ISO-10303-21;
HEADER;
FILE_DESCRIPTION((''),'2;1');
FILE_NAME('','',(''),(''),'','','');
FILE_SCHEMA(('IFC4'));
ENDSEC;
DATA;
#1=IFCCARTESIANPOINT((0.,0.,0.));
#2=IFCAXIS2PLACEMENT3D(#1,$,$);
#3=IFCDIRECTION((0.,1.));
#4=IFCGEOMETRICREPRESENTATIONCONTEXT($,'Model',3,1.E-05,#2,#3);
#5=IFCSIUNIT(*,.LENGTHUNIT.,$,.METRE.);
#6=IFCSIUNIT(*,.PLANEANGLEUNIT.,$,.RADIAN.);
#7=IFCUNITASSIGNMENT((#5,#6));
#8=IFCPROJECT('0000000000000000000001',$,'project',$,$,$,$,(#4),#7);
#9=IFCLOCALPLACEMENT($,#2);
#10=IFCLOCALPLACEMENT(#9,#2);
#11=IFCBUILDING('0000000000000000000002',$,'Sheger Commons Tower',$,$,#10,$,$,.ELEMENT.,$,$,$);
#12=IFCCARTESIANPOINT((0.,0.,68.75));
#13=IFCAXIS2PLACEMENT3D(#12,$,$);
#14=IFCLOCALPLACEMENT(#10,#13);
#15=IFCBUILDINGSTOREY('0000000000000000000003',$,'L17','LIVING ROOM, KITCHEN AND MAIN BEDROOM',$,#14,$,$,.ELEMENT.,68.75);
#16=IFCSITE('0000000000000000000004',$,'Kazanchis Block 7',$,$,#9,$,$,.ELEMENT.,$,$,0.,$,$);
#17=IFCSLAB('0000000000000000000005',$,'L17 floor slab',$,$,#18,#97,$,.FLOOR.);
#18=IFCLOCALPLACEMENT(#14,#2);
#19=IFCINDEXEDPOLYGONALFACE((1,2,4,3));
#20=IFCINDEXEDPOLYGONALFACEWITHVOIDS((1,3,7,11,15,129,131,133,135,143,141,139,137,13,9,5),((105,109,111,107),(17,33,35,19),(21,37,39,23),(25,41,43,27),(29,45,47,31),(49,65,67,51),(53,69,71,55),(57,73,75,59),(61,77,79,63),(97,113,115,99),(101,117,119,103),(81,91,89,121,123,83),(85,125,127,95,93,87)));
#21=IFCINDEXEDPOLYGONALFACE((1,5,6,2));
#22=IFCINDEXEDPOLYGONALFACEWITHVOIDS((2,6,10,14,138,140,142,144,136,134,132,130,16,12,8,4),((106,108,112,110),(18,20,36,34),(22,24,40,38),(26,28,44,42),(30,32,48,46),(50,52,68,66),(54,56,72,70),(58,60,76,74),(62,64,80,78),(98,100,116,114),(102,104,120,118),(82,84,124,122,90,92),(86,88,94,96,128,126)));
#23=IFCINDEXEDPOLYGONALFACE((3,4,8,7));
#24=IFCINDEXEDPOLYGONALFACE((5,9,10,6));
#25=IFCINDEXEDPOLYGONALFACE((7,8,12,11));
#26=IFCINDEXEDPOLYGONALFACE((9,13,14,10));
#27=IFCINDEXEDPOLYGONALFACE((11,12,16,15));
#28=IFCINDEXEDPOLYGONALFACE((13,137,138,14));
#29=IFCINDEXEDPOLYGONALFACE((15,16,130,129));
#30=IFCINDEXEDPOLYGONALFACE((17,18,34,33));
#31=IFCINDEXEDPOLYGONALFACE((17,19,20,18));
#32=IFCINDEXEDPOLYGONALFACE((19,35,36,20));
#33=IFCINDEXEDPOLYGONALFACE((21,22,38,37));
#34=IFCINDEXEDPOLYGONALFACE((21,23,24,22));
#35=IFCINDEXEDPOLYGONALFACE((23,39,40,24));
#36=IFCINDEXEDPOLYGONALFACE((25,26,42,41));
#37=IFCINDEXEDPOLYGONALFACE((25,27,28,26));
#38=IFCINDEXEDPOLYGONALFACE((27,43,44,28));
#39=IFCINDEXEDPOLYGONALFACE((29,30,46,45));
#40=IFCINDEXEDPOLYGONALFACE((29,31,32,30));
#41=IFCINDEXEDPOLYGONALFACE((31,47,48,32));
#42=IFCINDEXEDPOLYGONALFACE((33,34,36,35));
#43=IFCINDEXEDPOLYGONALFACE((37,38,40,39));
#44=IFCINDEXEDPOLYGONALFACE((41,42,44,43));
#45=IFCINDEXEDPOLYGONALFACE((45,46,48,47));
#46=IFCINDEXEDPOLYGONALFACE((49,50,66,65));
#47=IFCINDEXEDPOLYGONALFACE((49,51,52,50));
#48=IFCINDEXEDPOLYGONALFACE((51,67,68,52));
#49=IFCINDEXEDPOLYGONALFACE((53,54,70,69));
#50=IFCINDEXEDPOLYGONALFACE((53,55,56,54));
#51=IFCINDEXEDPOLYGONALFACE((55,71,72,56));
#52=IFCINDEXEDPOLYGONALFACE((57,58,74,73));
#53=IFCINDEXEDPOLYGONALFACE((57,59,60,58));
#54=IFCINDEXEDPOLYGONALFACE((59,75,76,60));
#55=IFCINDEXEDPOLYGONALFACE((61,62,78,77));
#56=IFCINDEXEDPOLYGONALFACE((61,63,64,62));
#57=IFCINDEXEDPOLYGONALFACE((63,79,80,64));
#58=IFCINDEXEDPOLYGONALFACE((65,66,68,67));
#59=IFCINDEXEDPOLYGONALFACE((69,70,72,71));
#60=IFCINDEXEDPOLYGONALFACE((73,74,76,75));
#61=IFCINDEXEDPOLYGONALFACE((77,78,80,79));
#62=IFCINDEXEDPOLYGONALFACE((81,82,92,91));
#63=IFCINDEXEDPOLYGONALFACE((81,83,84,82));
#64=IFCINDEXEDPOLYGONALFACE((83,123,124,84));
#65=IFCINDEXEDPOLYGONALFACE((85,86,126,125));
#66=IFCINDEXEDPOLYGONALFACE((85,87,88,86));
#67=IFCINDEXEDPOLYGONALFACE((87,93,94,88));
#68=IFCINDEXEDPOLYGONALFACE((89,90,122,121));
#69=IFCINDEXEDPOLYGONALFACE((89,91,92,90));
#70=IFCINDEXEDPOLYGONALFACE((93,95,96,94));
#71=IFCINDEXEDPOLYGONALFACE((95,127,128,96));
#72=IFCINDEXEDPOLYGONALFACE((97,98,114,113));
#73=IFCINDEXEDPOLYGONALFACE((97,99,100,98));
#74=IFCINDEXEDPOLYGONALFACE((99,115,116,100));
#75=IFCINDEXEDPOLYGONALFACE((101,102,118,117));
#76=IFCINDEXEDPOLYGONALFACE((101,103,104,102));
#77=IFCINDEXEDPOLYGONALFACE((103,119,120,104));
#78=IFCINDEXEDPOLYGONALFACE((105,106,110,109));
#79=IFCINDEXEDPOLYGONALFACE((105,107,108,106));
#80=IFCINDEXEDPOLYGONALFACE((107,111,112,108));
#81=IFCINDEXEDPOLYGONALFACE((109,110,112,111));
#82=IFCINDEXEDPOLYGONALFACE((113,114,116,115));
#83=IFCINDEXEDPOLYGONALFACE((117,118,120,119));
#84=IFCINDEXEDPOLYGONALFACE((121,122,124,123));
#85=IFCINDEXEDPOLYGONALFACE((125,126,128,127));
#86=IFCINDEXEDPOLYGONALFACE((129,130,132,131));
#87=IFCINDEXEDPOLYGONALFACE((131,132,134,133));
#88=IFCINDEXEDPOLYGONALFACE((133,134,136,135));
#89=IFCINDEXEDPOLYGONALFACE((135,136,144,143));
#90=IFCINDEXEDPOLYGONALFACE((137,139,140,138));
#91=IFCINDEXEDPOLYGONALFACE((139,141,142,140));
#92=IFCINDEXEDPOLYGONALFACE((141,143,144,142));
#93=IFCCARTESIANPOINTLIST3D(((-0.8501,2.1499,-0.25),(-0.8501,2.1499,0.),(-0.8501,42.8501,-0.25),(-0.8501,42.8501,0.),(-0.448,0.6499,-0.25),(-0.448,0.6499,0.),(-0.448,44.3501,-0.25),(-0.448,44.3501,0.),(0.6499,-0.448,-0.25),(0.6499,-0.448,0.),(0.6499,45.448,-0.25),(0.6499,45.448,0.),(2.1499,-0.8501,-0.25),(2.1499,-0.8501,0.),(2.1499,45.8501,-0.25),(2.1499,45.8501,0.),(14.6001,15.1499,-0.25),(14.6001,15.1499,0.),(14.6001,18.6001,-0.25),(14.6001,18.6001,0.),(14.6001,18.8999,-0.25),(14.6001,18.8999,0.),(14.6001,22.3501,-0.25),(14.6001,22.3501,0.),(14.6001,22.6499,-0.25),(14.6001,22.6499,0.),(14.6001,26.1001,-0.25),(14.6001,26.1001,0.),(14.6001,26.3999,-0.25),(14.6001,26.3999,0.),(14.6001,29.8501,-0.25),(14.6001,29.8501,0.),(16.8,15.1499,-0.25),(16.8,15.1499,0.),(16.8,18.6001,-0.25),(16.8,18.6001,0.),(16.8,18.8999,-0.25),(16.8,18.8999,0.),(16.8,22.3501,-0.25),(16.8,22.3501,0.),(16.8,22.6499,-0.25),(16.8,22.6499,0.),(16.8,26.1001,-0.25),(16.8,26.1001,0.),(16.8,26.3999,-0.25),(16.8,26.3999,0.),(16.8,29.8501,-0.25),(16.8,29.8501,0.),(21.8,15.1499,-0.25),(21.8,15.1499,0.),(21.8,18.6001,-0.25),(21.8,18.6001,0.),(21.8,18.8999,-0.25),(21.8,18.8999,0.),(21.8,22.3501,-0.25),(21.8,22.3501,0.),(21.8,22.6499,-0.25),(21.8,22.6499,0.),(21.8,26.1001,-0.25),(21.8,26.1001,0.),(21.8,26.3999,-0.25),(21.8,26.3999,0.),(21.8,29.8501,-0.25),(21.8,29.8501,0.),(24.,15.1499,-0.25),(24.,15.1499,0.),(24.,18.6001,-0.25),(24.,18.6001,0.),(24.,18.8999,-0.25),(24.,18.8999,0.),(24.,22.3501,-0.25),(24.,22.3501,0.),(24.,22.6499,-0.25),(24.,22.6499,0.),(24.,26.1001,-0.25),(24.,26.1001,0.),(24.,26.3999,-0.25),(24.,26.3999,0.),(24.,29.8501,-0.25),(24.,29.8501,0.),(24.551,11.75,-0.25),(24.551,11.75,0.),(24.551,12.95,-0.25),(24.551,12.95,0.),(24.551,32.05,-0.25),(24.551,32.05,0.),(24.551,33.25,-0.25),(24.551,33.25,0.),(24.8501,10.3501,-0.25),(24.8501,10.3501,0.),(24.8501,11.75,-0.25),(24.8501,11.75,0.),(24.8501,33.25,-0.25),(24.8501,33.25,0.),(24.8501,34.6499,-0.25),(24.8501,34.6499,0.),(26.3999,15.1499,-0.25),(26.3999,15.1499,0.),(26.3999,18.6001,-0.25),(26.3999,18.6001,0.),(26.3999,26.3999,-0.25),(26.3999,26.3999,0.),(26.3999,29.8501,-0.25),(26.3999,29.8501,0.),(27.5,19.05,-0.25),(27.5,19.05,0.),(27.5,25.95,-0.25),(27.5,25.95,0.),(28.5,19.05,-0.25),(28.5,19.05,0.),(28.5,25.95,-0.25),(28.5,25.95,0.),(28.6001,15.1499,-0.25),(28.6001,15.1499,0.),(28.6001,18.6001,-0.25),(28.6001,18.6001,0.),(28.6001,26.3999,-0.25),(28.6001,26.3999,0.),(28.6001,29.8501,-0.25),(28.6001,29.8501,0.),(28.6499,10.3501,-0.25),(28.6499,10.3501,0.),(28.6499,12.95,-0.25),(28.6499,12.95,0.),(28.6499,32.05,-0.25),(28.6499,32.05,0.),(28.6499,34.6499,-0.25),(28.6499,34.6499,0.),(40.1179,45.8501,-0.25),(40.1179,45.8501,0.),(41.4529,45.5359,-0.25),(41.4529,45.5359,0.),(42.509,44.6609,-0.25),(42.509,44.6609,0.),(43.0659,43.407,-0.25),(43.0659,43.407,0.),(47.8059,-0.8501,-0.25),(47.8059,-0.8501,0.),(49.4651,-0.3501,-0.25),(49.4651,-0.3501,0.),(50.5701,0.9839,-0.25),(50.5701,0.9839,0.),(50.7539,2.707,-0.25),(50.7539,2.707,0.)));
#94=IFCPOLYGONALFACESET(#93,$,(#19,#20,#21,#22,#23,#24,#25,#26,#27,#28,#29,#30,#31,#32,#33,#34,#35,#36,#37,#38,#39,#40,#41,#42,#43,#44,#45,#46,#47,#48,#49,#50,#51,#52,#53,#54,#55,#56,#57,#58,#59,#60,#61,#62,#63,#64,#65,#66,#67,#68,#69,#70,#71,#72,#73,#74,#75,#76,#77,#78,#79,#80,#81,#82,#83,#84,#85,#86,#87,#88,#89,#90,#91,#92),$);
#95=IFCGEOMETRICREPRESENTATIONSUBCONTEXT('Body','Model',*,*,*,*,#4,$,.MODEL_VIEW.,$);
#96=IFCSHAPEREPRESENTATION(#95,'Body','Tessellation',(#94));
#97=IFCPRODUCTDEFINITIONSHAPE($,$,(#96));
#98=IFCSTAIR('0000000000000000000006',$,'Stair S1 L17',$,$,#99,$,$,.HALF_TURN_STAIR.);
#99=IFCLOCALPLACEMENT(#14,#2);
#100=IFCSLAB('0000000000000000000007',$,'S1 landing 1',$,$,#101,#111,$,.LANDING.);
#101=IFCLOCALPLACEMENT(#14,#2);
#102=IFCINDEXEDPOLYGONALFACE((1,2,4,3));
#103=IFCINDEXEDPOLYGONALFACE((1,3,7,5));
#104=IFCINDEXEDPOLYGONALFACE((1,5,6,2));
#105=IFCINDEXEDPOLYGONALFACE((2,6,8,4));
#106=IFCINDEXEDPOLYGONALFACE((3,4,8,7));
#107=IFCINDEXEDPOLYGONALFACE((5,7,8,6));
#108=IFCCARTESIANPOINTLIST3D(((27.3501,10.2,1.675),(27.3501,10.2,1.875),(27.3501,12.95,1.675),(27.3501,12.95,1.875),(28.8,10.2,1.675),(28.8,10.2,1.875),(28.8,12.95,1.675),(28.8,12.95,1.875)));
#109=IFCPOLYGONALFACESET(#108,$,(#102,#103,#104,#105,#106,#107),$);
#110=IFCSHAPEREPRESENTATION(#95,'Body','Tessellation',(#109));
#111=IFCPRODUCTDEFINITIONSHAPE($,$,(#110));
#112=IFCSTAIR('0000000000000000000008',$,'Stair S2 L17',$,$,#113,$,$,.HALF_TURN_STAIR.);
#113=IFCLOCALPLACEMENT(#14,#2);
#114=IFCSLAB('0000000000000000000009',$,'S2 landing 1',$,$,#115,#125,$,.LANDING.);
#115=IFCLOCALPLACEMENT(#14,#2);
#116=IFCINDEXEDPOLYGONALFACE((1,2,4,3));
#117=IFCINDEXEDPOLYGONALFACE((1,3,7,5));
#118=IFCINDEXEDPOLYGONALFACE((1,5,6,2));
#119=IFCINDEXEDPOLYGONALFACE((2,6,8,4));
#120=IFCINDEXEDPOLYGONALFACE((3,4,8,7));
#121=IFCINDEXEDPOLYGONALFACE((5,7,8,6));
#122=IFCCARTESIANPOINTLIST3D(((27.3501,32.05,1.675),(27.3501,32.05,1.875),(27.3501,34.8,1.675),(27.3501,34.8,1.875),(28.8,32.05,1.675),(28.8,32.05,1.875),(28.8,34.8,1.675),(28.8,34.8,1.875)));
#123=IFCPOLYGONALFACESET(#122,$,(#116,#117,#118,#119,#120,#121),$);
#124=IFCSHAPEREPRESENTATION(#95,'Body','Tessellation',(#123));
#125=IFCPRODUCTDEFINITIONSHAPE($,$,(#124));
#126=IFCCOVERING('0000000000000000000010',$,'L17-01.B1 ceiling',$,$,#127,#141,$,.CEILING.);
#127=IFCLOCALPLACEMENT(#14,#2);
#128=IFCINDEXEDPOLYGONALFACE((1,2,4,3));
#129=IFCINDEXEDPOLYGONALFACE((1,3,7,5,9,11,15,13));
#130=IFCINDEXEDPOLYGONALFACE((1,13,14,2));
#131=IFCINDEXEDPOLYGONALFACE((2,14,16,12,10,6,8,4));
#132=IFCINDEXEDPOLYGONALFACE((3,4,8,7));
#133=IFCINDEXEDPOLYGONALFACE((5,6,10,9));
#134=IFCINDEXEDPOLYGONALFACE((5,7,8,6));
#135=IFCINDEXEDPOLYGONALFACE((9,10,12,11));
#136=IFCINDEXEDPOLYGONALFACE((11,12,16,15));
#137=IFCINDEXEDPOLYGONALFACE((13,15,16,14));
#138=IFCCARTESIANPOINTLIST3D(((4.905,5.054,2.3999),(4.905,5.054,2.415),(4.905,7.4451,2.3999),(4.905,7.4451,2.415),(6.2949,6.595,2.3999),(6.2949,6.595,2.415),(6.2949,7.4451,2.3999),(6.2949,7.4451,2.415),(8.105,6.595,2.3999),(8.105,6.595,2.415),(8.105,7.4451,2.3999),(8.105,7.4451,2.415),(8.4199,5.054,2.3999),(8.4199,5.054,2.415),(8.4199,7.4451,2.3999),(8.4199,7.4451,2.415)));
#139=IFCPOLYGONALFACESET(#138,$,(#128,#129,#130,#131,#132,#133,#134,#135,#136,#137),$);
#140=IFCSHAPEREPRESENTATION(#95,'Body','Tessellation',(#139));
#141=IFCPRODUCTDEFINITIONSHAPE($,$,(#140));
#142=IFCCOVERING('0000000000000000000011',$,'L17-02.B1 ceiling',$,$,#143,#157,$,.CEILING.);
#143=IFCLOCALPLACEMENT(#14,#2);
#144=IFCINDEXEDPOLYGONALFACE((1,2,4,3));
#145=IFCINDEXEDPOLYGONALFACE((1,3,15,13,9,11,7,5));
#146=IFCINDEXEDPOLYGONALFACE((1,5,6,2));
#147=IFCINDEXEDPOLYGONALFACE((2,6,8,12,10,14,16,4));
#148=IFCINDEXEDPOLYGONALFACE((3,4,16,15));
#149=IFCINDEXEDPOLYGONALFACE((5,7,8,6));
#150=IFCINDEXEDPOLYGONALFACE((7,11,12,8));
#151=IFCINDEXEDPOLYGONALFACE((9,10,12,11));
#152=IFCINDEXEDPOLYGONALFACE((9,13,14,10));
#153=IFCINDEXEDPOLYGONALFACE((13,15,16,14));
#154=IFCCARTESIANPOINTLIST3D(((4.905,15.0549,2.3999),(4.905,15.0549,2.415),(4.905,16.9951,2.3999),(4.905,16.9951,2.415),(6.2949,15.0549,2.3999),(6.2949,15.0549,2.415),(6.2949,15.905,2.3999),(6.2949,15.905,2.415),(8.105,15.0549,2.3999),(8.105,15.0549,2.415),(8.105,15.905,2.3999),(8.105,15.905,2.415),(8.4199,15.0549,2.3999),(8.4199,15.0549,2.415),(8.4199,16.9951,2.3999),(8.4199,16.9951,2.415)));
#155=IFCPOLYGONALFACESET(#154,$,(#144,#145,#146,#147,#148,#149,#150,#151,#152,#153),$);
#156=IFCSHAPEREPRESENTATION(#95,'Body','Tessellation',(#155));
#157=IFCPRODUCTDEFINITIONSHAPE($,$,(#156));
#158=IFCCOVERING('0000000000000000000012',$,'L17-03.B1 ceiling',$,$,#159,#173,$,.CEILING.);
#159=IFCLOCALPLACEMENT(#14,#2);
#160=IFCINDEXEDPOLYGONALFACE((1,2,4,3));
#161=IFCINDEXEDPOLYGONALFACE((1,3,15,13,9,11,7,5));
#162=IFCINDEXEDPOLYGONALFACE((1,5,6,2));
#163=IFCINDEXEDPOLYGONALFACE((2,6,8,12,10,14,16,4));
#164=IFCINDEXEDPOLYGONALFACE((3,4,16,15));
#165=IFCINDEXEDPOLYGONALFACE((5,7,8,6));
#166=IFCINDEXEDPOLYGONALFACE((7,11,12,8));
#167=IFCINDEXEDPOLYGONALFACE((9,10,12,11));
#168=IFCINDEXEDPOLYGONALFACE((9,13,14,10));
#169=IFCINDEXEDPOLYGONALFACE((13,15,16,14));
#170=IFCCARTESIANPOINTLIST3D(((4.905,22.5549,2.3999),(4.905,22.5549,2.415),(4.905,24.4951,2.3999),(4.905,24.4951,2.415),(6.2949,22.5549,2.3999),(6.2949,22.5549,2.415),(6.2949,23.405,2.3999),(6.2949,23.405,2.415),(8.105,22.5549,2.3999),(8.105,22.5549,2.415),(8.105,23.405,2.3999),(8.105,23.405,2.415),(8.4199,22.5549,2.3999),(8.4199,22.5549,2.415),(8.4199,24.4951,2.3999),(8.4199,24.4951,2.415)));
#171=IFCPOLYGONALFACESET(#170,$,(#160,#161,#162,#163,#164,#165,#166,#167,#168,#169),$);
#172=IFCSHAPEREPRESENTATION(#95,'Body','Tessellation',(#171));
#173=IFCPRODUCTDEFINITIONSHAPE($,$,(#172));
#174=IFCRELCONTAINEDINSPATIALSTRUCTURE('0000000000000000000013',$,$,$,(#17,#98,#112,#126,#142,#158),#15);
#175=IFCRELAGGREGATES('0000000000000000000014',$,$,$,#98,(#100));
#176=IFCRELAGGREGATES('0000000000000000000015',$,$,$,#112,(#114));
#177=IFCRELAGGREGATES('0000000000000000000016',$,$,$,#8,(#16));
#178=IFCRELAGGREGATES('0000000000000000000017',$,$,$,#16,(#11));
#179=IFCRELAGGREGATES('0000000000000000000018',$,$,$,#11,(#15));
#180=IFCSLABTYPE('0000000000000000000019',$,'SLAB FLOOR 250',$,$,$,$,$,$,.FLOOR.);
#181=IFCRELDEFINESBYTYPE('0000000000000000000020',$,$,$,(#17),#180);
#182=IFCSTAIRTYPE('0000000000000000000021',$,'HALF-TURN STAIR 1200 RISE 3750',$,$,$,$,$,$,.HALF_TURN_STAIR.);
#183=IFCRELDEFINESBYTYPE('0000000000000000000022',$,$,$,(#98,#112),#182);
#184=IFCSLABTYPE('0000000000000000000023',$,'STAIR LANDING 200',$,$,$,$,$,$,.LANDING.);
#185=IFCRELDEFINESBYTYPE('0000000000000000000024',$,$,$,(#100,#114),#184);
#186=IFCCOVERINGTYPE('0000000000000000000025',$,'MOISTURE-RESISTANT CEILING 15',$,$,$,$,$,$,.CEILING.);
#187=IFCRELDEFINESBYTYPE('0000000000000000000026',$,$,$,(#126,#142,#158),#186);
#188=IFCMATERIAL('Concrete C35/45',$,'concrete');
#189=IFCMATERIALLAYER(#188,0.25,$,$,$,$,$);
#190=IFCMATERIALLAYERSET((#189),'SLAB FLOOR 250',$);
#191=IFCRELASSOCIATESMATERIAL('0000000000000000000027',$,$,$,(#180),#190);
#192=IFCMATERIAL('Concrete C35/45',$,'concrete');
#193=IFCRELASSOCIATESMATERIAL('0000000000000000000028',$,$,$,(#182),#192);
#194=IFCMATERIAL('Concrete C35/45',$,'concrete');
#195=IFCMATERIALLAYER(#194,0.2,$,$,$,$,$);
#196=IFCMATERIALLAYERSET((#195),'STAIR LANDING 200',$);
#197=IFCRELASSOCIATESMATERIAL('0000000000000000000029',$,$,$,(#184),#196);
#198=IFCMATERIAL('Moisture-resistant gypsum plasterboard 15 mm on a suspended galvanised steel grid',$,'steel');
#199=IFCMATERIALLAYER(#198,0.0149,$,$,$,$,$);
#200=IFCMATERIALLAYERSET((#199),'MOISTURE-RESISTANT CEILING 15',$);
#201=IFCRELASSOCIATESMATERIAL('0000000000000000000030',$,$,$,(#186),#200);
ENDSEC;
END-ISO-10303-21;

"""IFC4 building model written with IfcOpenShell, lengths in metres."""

from ifc_helpers import new_model, si_unit, direction, frame, origin, place, context, subcontext, project, spatial, polyline, outline, extrude, material, layer, layer_set, type_object, element, aggregate, save


model = new_model("IFC4")

# Units and contexts
model_context = context("Model", 3, precision=1e-05, world=origin(), true_north=direction((0.0, 1.0)))
body_context = subcontext(model_context, "Body", "Model", "MODEL_VIEW")
ifc_project = project(units=[si_unit("LENGTHUNIT", "METRE"), si_unit("PLANEANGLEUNIT", "RADIAN")], contexts=[model_context])

# Site, building, storey
site_placement = place(None, origin())
site = spatial("IfcSite", under=ifc_project, at=site_placement, Name="Kazanchis Block 7", CompositionType="ELEMENT", RefElevation=0.0)
building_placement = place(site_placement, origin())
building = spatial("IfcBuilding", under=site, at=building_placement, Name="Sheger Commons Tower", CompositionType="ELEMENT")
storey_placement = place(building_placement, frame((0.0, 0.0, 68.75)))
storey = spatial("IfcBuildingStorey", under=building, at=storey_placement, Name="L17", Description="LIVING ROOM, KITCHEN AND MAIN BEDROOM", CompositionType="ELEMENT", Elevation=68.75)

# Slab
ifc_material_1 = material(Name="Concrete C35/45", Category="concrete")
ifc_layer_1 = layer(ifc_material_1, 0.25)
ifc_layer_set_1 = layer_set([ifc_layer_1], Name="SLAB FLOOR 250")
slab_type_1 = type_object("IfcSlabType", Name="SLAB FLOOR 250", PredefinedType="FLOOR", material=ifc_layer_set_1)
slab_1_placement = place(storey_placement, frame((0.0, 0.0, -0.25)))
element("IfcSlab", 1, at=slab_1_placement, inside=storey, type_object=slab_type_1, Name="L17 floor slab", PredefinedType="FLOOR", context=body_context, shape_type="SweptSolid", body=[
    extrude(outline(polyline([(-0.8501, 2.1499), (-0.448, 0.6499), (0.6499, -0.448), (2.1499, -0.8501), (47.8059, -0.8501), (49.4651, -0.3501), (50.5701, 0.9839), (50.7539, 2.707), (43.0659, 43.407), (42.509, 44.6609), (41.4529, 45.5359), (40.1179, 45.8501), (2.1499, 45.8501), (0.6499, 45.448), (-0.448, 44.3501), (-0.8501, 42.8501), (-0.8501, 2.1499)]), holes=[polyline([(24.8501, 10.3501), (28.6499, 10.3501), (28.6499, 12.95), (24.551, 12.95), (24.551, 11.75), (24.8501, 11.75), (24.8501, 10.3501)]), polyline([(24.551, 32.05), (28.6499, 32.05), (28.6499, 34.6499), (24.8501, 34.6499), (24.8501, 33.25), (24.551, 33.25), (24.551, 32.05)]), polyline([(26.3999, 15.1499), (28.6001, 15.1499), (28.6001, 18.6001), (26.3999, 18.6001), (26.3999, 15.1499)]), polyline([(26.3999, 26.3999), (28.6001, 26.3999), (28.6001, 29.8501), (26.3999, 29.8501), (26.3999, 26.3999)]), polyline([(14.6001, 15.1499), (16.8, 15.1499), (16.8, 18.6001), (14.6001, 18.6001), (14.6001, 15.1499)]), polyline([(14.6001, 18.8999), (16.8, 18.8999), (16.8, 22.3501), (14.6001, 22.3501), (14.6001, 18.8999)]), polyline([(14.6001, 22.6499), (16.8, 22.6499), (16.8, 26.1001), (14.6001, 26.1001), (14.6001, 22.6499)]), polyline([(14.6001, 26.3999), (16.8, 26.3999), (16.8, 29.8501), (14.6001, 29.8501), (14.6001, 26.3999)]), polyline([(21.8, 15.1499), (24.0, 15.1499), (24.0, 18.6001), (21.8, 18.6001), (21.8, 15.1499)]), polyline([(21.8, 18.8999), (24.0, 18.8999), (24.0, 22.3501), (21.8, 22.3501), (21.8, 18.8999)]), polyline([(21.8, 22.6499), (24.0, 22.6499), (24.0, 26.1001), (21.8, 26.1001), (21.8, 22.6499)]), polyline([(21.8, 26.3999), (24.0, 26.3999), (24.0, 29.8501), (21.8, 29.8501), (21.8, 26.3999)]), polyline([(27.5, 19.05), (28.5, 19.05), (28.5, 25.95), (27.5, 25.95), (27.5, 19.05)])]), origin(), (0.0, 0.0, 1.0), 0.25),
])

# Stairs, slabs
ifc_material_2 = material(Name="Concrete C35/45", Category="concrete")
stair_type = type_object("IfcStairType", Name="HALF-TURN STAIR 1200 RISE 3750", PredefinedType="HALF_TURN_STAIR", material=ifc_material_2)
stair_1_placement = place(storey_placement, origin())
stair_1 = element("IfcStair", 2, at=stair_1_placement, inside=storey, type_object=stair_type, Name="Stair S1 L17", PredefinedType="HALF_TURN_STAIR")
ifc_material_3 = material(Name="Concrete C35/45", Category="concrete")
ifc_layer_2 = layer(ifc_material_3, 0.2)
ifc_layer_set_2 = layer_set([ifc_layer_2], Name="STAIR LANDING 200")
slab_type_2 = type_object("IfcSlabType", Name="STAIR LANDING 200", PredefinedType="LANDING", material=ifc_layer_set_2)
slab_2_placement = place(storey_placement, frame((0.0, 0.0, 1.675)))
slab_2 = element("IfcSlab", 3, at=slab_2_placement, type_object=slab_type_2, Name="S1 landing 1", PredefinedType="LANDING", context=body_context, shape_type="SweptSolid", body=[
    extrude(outline(polyline([(27.3501, 10.2), (28.8, 10.2), (28.8, 12.95), (27.3501, 12.95), (27.3501, 10.2)])), origin(), (0.0, 0.0, 1.0), 0.2),
])
aggregate(stair_1, [slab_2])
stair_2_placement = place(storey_placement, origin())
stair_2 = element("IfcStair", 4, at=stair_2_placement, inside=storey, type_object=stair_type, Name="Stair S2 L17", PredefinedType="HALF_TURN_STAIR")
slab_3_placement = place(storey_placement, frame((0.0, 0.0, 1.675)))
slab_3 = element("IfcSlab", 5, at=slab_3_placement, type_object=slab_type_2, Name="S2 landing 1", PredefinedType="LANDING", context=body_context, shape_type="SweptSolid", body=[
    extrude(outline(polyline([(27.3501, 32.05), (28.8, 32.05), (28.8, 34.8), (27.3501, 34.8), (27.3501, 32.05)])), origin(), (0.0, 0.0, 1.0), 0.2),
])
aggregate(stair_2, [slab_3])

# Coverings
ifc_material_4 = material(Name="Moisture-resistant gypsum plasterboard 15 mm on a suspended galvanised steel grid", Category="steel")
ifc_layer_3 = layer(ifc_material_4, 0.0149)
ifc_layer_set_3 = layer_set([ifc_layer_3], Name="MOISTURE-RESISTANT CEILING 15")
covering_type_1 = type_object("IfcCoveringType", Name="MOISTURE-RESISTANT CEILING 15", PredefinedType="CEILING", material=ifc_layer_set_3)
covering_1_placement = place(storey_placement, frame((0.0, 0.0, 2.3999)))
element("IfcCovering", 6, at=covering_1_placement, inside=storey, type_object=covering_type_1, Name="L17-01.B1 ceiling", PredefinedType="CEILING", context=body_context, shape_type="SweptSolid", body=[
    extrude(outline(polyline([(4.905, 5.054), (8.4199, 5.054), (8.4199, 7.4451), (8.105, 7.4451), (8.105, 6.595), (6.2949, 6.595), (6.2949, 7.4451), (4.905, 7.4451), (4.905, 5.054)])), origin(), (0.0, 0.0, 1.0), 0.0151),
])
covering_2_placement = place(storey_placement, frame((0.0, 0.0, 2.3999)))
element("IfcCovering", 7, at=covering_2_placement, inside=storey, type_object=covering_type_1, Name="L17-02.B1 ceiling", PredefinedType="CEILING", context=body_context, shape_type="SweptSolid", body=[
    extrude(outline(polyline([(4.905, 15.0549), (6.2949, 15.0549), (6.2949, 15.905), (8.105, 15.905), (8.105, 15.0549), (8.4199, 15.0549), (8.4199, 16.9951), (4.905, 16.9951), (4.905, 15.0549)])), origin(), (0.0, 0.0, 1.0), 0.0151),
])
covering_3_placement = place(storey_placement, frame((0.0, 0.0, 2.3999)))
element("IfcCovering", 8, at=covering_3_placement, inside=storey, type_object=covering_type_1, Name="L17-03.B1 ceiling", PredefinedType="CEILING", context=body_context, shape_type="SweptSolid", body=[
    extrude(outline(polyline([(4.905, 22.5549), (6.2949, 22.5549), (6.2949, 23.405), (8.105, 23.405), (8.105, 22.5549), (8.4199, 22.5549), (8.4199, 24.4951), (4.905, 24.4951), (4.905, 22.5549)])), origin(), (0.0, 0.0, 1.0), 0.0151),
])

save(model, "model.ifc")
